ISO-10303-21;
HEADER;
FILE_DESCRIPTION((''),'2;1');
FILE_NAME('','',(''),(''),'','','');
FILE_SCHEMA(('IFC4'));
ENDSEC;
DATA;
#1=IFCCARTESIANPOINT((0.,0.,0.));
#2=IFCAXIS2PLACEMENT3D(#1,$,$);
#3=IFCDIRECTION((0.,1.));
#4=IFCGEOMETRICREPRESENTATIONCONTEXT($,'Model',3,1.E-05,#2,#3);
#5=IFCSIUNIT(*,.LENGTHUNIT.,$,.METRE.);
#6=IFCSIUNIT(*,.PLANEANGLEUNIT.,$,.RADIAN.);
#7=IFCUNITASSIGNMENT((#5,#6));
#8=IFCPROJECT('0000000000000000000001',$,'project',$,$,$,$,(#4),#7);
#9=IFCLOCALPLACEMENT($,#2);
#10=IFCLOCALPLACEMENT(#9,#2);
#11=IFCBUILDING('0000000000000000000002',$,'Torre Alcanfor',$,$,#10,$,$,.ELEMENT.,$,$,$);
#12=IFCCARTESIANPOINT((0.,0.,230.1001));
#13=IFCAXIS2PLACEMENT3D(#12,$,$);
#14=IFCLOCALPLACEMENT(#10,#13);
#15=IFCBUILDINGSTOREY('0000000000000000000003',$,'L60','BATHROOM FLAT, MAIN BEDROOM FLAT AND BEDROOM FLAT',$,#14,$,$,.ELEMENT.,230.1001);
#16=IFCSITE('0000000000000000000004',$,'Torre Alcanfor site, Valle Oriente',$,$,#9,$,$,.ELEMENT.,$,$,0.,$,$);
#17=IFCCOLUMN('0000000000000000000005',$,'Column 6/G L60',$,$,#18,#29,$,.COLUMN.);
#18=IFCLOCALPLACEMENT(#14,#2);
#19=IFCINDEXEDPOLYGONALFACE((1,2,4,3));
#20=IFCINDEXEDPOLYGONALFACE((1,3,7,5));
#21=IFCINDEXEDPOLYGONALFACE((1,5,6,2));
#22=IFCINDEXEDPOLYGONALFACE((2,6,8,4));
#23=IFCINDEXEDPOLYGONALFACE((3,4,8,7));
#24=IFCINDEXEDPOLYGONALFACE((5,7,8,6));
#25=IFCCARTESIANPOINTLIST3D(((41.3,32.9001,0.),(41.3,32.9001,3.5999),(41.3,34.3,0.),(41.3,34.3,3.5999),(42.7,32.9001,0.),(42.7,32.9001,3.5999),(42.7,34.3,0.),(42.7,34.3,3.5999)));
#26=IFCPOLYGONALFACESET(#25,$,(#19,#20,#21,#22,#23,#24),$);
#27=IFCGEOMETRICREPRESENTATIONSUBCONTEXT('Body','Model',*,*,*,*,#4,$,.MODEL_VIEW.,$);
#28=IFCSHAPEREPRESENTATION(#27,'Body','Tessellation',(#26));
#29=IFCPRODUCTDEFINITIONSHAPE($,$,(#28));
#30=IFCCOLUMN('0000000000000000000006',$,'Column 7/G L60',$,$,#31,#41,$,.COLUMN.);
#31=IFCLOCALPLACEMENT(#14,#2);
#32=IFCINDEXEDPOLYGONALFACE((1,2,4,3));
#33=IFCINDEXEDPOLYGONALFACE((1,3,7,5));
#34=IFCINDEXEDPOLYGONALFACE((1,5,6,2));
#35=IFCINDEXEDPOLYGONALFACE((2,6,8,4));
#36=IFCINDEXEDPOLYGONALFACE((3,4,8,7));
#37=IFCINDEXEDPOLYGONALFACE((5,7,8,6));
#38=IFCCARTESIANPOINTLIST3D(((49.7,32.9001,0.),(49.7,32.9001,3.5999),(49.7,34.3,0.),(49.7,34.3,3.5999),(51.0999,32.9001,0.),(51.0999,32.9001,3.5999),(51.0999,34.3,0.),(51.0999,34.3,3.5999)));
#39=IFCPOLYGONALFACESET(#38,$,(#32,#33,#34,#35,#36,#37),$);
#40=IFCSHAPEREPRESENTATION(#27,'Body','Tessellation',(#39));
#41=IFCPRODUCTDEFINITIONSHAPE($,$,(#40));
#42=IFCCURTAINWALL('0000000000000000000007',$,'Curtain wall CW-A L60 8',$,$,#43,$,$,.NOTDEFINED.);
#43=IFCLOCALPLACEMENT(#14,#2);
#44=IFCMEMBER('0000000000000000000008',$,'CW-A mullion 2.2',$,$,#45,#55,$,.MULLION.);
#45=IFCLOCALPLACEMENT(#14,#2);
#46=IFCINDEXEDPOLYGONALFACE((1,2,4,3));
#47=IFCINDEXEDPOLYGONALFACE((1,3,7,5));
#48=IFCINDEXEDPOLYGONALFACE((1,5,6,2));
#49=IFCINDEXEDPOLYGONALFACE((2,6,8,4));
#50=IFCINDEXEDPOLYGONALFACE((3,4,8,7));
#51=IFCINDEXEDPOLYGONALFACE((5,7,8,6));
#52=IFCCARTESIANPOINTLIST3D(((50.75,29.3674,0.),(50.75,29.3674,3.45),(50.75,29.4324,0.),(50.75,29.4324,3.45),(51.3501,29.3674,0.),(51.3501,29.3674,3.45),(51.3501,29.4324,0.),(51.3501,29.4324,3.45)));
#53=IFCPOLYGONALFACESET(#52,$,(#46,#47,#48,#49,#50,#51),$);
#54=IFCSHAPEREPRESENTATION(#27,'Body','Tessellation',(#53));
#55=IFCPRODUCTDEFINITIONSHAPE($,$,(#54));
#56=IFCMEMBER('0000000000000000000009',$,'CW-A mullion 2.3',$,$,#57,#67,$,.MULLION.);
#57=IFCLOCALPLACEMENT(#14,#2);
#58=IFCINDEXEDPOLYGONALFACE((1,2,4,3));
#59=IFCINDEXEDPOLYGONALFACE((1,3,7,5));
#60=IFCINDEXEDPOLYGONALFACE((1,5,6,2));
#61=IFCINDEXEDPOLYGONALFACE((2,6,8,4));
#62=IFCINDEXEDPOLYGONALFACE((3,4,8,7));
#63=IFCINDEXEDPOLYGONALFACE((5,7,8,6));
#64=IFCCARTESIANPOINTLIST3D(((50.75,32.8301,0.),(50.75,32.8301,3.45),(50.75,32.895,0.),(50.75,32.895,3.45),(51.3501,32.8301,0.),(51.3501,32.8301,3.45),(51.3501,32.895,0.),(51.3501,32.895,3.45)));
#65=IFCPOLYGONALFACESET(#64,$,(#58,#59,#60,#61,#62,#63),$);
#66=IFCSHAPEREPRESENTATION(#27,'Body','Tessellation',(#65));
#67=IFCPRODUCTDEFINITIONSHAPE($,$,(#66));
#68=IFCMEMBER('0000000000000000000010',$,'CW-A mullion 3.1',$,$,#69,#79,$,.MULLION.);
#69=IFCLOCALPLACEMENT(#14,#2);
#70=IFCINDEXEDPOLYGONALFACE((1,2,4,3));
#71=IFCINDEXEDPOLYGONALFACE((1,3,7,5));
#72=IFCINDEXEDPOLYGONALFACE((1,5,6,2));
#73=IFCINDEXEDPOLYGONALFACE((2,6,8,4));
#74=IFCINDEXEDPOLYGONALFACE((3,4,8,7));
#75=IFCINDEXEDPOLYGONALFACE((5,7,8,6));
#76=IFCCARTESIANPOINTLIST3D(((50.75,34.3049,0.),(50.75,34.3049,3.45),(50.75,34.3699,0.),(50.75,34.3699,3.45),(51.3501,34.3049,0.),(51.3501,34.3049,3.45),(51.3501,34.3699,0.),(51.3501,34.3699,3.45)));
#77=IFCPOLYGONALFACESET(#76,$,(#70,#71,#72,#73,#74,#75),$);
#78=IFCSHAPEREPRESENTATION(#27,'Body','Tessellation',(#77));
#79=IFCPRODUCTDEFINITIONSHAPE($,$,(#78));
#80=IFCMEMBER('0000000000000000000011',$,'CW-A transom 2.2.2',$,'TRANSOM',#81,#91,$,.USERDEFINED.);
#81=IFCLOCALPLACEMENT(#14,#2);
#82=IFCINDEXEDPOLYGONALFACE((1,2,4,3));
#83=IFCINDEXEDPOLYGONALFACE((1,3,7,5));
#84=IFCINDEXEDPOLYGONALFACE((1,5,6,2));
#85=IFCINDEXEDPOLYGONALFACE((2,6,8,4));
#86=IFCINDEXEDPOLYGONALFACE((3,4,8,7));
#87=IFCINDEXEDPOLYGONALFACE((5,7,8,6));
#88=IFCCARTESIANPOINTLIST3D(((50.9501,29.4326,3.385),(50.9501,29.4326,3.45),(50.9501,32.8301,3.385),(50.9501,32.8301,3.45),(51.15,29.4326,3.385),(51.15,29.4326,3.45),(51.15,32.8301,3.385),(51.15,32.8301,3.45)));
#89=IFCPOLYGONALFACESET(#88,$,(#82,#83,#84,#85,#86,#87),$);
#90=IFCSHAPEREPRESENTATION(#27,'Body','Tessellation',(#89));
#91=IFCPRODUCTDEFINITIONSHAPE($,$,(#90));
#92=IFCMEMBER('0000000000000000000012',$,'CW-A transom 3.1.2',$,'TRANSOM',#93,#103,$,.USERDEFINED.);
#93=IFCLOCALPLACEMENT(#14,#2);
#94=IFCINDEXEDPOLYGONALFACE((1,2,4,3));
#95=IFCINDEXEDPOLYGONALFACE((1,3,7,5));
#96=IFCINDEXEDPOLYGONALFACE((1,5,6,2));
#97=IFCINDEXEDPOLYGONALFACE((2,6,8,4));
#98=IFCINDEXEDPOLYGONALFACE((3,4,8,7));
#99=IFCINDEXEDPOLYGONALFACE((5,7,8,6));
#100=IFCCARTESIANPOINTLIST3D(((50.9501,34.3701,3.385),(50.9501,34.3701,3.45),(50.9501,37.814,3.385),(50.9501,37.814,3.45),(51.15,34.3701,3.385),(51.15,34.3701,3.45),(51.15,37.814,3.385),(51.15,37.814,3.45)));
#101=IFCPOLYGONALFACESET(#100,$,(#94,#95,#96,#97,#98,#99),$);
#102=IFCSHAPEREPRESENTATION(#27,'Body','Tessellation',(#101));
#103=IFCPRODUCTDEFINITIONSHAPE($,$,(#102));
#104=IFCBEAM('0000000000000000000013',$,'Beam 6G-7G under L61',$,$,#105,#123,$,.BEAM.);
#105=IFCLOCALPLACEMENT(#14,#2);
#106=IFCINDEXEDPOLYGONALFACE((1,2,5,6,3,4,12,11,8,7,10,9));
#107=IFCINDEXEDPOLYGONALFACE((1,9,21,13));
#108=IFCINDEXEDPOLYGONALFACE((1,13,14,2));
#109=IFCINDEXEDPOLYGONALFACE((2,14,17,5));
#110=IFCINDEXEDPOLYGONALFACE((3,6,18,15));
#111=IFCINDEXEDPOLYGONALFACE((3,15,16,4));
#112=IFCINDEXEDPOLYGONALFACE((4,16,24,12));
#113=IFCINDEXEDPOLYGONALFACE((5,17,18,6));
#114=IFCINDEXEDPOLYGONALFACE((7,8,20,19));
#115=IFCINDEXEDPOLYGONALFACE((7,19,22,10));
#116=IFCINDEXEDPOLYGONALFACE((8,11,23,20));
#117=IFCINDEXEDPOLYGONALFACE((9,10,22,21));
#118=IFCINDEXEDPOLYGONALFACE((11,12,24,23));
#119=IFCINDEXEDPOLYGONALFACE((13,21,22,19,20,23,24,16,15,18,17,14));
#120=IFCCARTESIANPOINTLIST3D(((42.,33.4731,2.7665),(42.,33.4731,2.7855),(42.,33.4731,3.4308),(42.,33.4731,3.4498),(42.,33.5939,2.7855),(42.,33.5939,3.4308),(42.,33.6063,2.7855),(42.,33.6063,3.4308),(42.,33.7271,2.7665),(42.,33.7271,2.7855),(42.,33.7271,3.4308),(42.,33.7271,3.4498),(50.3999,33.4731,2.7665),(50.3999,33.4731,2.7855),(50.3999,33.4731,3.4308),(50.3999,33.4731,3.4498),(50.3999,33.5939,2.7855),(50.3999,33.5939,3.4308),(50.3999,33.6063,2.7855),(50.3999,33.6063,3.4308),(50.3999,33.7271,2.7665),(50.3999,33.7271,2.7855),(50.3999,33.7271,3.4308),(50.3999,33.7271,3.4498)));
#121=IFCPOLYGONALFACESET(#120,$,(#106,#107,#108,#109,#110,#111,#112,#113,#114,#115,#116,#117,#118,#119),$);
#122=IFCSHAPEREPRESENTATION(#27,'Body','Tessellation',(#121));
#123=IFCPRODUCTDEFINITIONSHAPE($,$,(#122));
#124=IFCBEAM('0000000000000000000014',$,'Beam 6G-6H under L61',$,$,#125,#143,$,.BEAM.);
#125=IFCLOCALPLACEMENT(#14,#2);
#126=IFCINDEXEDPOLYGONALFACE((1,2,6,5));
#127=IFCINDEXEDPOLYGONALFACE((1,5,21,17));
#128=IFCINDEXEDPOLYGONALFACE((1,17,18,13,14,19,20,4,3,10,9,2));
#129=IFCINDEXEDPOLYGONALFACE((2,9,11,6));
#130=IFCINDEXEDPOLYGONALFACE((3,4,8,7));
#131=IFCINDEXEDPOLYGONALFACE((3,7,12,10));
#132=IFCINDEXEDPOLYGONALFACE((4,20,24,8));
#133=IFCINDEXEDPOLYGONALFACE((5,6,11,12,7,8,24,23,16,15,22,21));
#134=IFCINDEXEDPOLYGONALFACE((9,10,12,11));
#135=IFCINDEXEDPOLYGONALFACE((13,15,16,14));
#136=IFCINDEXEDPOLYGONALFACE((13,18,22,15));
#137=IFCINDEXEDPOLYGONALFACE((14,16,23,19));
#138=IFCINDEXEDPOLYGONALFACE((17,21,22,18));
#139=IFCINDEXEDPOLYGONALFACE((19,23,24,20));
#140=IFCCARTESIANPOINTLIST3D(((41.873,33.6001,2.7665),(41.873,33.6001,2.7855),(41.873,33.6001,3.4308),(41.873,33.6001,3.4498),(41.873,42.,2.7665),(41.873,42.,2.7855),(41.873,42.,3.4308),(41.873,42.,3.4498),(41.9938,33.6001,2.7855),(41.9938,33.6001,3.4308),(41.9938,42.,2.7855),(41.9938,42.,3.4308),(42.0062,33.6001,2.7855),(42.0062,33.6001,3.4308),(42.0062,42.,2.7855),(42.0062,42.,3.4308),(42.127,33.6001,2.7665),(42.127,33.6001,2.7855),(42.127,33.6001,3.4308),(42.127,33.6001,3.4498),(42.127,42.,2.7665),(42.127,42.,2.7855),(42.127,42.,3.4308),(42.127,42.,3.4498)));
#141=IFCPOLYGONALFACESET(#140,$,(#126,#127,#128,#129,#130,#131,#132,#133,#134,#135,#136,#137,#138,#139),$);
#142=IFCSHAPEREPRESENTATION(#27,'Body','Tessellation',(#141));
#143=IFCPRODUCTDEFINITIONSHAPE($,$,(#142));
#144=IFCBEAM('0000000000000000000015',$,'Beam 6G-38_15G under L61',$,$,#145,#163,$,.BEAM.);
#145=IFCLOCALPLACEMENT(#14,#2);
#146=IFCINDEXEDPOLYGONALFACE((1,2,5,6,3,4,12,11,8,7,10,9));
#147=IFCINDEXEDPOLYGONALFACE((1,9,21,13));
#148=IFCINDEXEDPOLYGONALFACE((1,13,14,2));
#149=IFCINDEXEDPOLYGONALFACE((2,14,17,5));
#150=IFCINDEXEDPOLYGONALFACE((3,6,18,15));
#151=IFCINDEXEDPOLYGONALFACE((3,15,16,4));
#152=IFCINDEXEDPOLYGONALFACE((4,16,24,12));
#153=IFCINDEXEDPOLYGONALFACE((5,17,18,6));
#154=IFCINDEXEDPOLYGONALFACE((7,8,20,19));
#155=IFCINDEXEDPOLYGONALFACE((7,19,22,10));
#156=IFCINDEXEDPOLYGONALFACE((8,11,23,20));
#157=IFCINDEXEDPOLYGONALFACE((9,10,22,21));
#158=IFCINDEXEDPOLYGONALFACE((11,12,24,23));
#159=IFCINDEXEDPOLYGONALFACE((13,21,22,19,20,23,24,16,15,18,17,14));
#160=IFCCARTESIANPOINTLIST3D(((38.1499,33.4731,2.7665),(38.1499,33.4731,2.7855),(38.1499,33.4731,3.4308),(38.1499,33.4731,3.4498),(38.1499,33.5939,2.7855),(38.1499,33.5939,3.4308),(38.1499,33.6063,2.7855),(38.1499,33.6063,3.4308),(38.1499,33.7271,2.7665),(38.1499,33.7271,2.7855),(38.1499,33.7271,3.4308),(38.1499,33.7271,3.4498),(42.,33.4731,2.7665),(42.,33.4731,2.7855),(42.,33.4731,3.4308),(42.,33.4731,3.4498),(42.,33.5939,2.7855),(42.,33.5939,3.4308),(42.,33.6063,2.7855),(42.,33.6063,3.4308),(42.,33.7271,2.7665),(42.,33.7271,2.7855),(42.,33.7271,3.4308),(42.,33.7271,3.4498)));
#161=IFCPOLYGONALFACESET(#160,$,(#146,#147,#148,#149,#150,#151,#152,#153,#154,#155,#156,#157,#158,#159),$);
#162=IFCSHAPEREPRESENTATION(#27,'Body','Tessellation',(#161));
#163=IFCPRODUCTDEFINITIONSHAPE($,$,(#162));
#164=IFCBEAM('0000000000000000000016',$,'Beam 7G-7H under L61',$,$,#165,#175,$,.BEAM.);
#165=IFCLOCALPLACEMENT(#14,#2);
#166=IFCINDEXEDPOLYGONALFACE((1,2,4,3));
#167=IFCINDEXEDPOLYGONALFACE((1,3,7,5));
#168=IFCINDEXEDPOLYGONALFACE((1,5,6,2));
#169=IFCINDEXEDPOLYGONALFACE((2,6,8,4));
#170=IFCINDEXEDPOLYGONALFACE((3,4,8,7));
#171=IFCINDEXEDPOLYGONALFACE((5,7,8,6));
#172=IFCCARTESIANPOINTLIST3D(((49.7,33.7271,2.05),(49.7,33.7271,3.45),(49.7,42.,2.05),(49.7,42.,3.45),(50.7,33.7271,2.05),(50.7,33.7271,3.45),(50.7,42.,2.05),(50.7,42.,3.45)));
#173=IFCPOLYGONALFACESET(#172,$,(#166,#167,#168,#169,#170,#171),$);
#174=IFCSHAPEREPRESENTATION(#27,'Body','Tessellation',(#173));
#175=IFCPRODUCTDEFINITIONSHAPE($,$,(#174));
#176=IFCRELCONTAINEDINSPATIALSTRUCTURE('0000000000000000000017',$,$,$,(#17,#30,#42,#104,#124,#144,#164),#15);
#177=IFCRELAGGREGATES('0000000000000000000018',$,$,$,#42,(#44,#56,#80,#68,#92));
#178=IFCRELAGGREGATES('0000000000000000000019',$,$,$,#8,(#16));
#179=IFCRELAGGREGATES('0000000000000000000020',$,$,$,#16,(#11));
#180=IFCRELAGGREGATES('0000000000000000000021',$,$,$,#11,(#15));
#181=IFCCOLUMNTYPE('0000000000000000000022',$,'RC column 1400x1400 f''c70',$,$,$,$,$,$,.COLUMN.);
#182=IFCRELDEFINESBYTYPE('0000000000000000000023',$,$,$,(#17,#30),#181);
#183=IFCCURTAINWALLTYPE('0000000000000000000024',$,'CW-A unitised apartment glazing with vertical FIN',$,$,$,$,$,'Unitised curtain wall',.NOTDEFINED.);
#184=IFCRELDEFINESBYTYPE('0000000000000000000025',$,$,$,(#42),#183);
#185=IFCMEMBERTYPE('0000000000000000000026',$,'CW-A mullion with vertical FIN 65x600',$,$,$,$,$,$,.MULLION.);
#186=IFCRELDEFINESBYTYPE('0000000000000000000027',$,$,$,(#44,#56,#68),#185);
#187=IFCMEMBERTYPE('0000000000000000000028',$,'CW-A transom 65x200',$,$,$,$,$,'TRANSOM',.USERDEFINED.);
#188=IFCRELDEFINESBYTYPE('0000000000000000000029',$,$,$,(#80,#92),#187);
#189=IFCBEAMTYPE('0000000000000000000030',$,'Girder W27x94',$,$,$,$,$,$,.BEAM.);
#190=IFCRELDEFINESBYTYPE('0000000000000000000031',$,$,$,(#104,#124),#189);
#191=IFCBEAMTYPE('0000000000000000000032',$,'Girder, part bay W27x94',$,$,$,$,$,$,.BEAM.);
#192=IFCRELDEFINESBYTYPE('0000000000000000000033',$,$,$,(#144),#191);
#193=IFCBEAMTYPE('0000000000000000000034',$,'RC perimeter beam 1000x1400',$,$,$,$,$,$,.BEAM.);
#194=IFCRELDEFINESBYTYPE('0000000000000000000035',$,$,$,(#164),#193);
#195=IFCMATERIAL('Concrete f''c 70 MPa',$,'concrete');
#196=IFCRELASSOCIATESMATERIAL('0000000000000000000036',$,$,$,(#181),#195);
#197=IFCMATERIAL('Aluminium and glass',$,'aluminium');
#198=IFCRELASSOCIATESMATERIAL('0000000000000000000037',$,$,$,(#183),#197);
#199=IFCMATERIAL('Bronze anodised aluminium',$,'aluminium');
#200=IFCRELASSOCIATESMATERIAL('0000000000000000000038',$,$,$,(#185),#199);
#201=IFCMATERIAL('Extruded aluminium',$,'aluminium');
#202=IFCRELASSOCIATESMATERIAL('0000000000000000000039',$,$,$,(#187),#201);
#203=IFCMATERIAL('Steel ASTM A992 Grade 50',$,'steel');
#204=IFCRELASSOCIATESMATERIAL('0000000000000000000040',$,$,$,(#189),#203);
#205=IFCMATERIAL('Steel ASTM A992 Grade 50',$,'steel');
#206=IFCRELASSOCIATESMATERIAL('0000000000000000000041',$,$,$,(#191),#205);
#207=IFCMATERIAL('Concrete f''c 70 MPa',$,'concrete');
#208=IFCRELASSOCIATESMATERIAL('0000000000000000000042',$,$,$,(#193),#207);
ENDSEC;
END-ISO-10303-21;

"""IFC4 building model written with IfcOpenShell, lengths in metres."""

from ifc_helpers import new_model, si_unit, direction, frame, origin, origin_2d, place, context, subcontext, project, spatial, rectangle, i_section, extrude, material, material_profile, profile_set, type_object, element, aggregate, save


model = new_model("IFC4")

# Units and contexts
model_context = context("Model", 3, precision=1e-05, world=origin(), true_north=direction((0.0, 1.0)))
body_context = subcontext(model_context, "Body", "Model", "MODEL_VIEW")
ifc_project = project(units=[si_unit("LENGTHUNIT", "METRE"), si_unit("PLANEANGLEUNIT", "RADIAN")], contexts=[model_context])

# Site, building, storey
site_placement = place(None, origin())
site = spatial("IfcSite", under=ifc_project, at=site_placement, Name="Torre Alcanfor site, Valle Oriente", CompositionType="ELEMENT", RefElevation=0.0)
building_placement = place(site_placement, origin())
building = spatial("IfcBuilding", under=site, at=building_placement, Name="Torre Alcanfor", CompositionType="ELEMENT")
storey_placement = place(building_placement, frame((0.0, 0.0, 230.1001)))
storey = spatial("IfcBuildingStorey", under=building, at=storey_placement, Name="L60", Description="BATHROOM FLAT, MAIN BEDROOM FLAT AND BEDROOM FLAT", CompositionType="ELEMENT", Elevation=230.1001)

# Columns
ifc_material_1 = material(Name="Concrete f'c 70 MPa", Category="concrete")
ifc_material_profile_1 = material_profile(ifc_material_1, rectangle(XDim=1.3999, YDim=1.3999, at=origin_2d()), Name="1400x1400")
ifc_profile_set_1 = profile_set([ifc_material_profile_1], Name="Concrete f'c 70 MPa")
column_type = type_object("IfcColumnType", Name="RC column 1400x1400 f'c70", PredefinedType="COLUMN", material=ifc_profile_set_1)
for number, where, z_axis, x_axis, name in (
    (1, (42.0, 33.6001, 0.0), (0.0, 0.0, 1.0), (1.0, 0.0, 0.0), "Column 6/G L60"),
    (2, (50.3999, 33.6001, 0.0), (0.0, 0.0, 1.0), (1.0, 0.0, 0.0), "Column 7/G L60"),
):
    element("IfcColumn", number, at=place(storey_placement, frame(where, z_axis=z_axis, x_axis=x_axis)), inside=storey, type_object=column_type, Name=name, PredefinedType="COLUMN", context=body_context, shape_type="SweptSolid", body=[
        extrude(rectangle(XDim=1.3999, YDim=1.3999, at=origin_2d()), origin(), (0.0, 0.0, 1.0), 3.5999),
    ])

# Curtain wall, members
ifc_material_2 = material(Name="Aluminium and glass", Category="aluminium")
curtain_wall_type = type_object("IfcCurtainWallType", Name="CW-A unitised apartment glazing with vertical FIN", ElementType="Unitised curtain wall", PredefinedType="NOTDEFINED", material=ifc_material_2)
curtain_wall_placement = place(storey_placement, origin())
curtain_wall = element("IfcCurtainWall", 3, at=curtain_wall_placement, inside=storey, type_object=curtain_wall_type, Name="Curtain wall CW-A L60 8", PredefinedType="NOTDEFINED")
ifc_material_3 = material(Name="Bronze anodised aluminium", Category="aluminium")
ifc_material_profile_2 = material_profile(ifc_material_3, rectangle(XDim=0.6001, YDim=0.0649, at=origin_2d()), Name="CW-A mullion 65x600")
ifc_profile_set_2 = profile_set([ifc_material_profile_2], Name="Bronze anodised aluminium")
member_type_1 = type_object("IfcMemberType", Name="CW-A mullion with vertical FIN 65x600", PredefinedType="MULLION", material=ifc_profile_set_2)
member_1_placement = place(storey_placement, frame((51.05, 29.3999, 0.0), z_axis=(0.0, 0.0, 1.0), x_axis=(-1.0, 0.0, 0.0)))
member_1 = element("IfcMember", 4, at=member_1_placement, type_object=member_type_1, Name="CW-A mullion 2.2", PredefinedType="MULLION", context=body_context, shape_type="SweptSolid", body=[
    extrude(rectangle(XDim=0.6001, YDim=0.0649, at=origin_2d()), origin(), (0.0, 0.0, 1.0), 3.45),
])
member_2_placement = place(storey_placement, frame((51.05, 32.8625, 0.0), z_axis=(0.0, 0.0, 1.0), x_axis=(-1.0, 0.0, 0.0)))
member_2 = element("IfcMember", 5, at=member_2_placement, type_object=member_type_1, Name="CW-A mullion 2.3", PredefinedType="MULLION", context=body_context, shape_type="SweptSolid", body=[
    extrude(rectangle(XDim=0.6001, YDim=0.0649, at=origin_2d()), origin(), (0.0, 0.0, 1.0), 3.45),
])
member_3_placement = place(storey_placement, frame((51.05, 34.3374, 0.0), z_axis=(0.0, 0.0, 1.0), x_axis=(-1.0, 0.0, 0.0)))
member_3 = element("IfcMember", 6, at=member_3_placement, type_object=member_type_1, Name="CW-A mullion 3.1", PredefinedType="MULLION", context=body_context, shape_type="SweptSolid", body=[
    extrude(rectangle(XDim=0.6001, YDim=0.0649, at=origin_2d()), origin(), (0.0, 0.0, 1.0), 3.45),
])
ifc_material_4 = material(Name="Extruded aluminium", Category="aluminium")
ifc_material_profile_3 = material_profile(ifc_material_4, rectangle(XDim=0.2, YDim=0.0649, at=origin_2d()), Name="CW-A transom 200x65")
ifc_profile_set_3 = profile_set([ifc_material_profile_3], Name="Extruded aluminium")
member_type_2 = type_object("IfcMemberType", Name="CW-A transom 65x200", ElementType="TRANSOM", PredefinedType="USERDEFINED", material=ifc_profile_set_3)
member_4_placement = place(storey_placement, frame((51.05, 29.4326, 3.4175), z_axis=(0.0, 1.0, 0.0), x_axis=(-1.0, 0.0, 0.0)))
member_4 = element("IfcMember", 7, at=member_4_placement, type_object=member_type_2, Name="CW-A transom 2.2.2", ObjectType="TRANSOM", PredefinedType="USERDEFINED", context=body_context, shape_type="SweptSolid", body=[
    extrude(rectangle(XDim=0.2, YDim=0.0649, at=origin_2d()), origin(), (0.0, 0.0, 1.0), 3.3975),
])
member_5_placement = place(storey_placement, frame((51.05, 34.3701, 3.4175), z_axis=(0.0, 1.0, 0.0), x_axis=(-1.0, 0.0, 0.0)))
member_5 = element("IfcMember", 8, at=member_5_placement, type_object=member_type_2, Name="CW-A transom 3.1.2", ObjectType="TRANSOM", PredefinedType="USERDEFINED", context=body_context, shape_type="SweptSolid", body=[
    extrude(rectangle(XDim=0.2, YDim=0.0649, at=origin_2d()), origin(), (0.0, 0.0, 1.0), 3.4438),
])

# Beams
ifc_material_5 = material(Name="Steel ASTM A992 Grade 50", Category="steel")
ifc_material_profile_4 = material_profile(ifc_material_5, i_section(OverallWidth=0.2539, OverallDepth=0.6833, WebThickness=0.0125, FlangeThickness=0.019, at=origin_2d()), Name="W27x94")
ifc_profile_set_4 = profile_set([ifc_material_profile_4], Name="Steel ASTM A992 Grade 50")
beam_type_1 = type_object("IfcBeamType", Name="Girder W27x94", PredefinedType="BEAM", material=ifc_profile_set_4)
for number, where, z_axis, x_axis, name in (
    (9, (42.0, 33.6001, 3.1082), (1.0, 0.0, 0.0), (0.0, 1.0, 0.0), "Beam 6G-7G under L61"),
    (10, (42.0, 33.6001, 3.1082), (0.0, 1.0, 0.0), (-1.0, 0.0, 0.0), "Beam 6G-6H under L61"),
):
    element("IfcBeam", number, at=place(storey_placement, frame(where, z_axis=z_axis, x_axis=x_axis)), inside=storey, type_object=beam_type_1, Name=name, PredefinedType="BEAM", context=body_context, shape_type="SweptSolid", body=[
        extrude(i_section(OverallWidth=0.2539, OverallDepth=0.6833, WebThickness=0.0125, FlangeThickness=0.019, at=origin_2d()), origin(), (0.0, 0.0, 1.0), 8.3999),
    ])
ifc_material_6 = material(Name="Steel ASTM A992 Grade 50", Category="steel")
ifc_material_profile_5 = material_profile(ifc_material_6, i_section(OverallWidth=0.2539, OverallDepth=0.6833, WebThickness=0.0125, FlangeThickness=0.019, at=origin_2d()), Name="W27x94")
ifc_profile_set_5 = profile_set([ifc_material_profile_5], Name="Steel ASTM A992 Grade 50")
beam_type_2 = type_object("IfcBeamType", Name="Girder, part bay W27x94", PredefinedType="BEAM", material=ifc_profile_set_5)
beam_1_placement = place(storey_placement, frame((42.0, 33.6001, 3.1082), z_axis=(-1.0, 0.0, 0.0), x_axis=(0.0, -1.0, 0.0)))
element("IfcBeam", 11, at=beam_1_placement, inside=storey, type_object=beam_type_2, Name="Beam 6G-38_15G under L61", PredefinedType="BEAM", context=body_context, shape_type="SweptSolid", body=[
    extrude(i_section(OverallWidth=0.2539, OverallDepth=0.6833, WebThickness=0.0125, FlangeThickness=0.019, at=origin_2d()), origin(), (0.0, 0.0, 1.0), 3.8501),
])
ifc_material_7 = material(Name="Concrete f'c 70 MPa", Category="concrete")
ifc_material_profile_6 = material_profile(ifc_material_7, rectangle(XDim=1.0, YDim=1.3999, at=origin_2d()), Name="1000x1400")
ifc_profile_set_6 = profile_set([ifc_material_profile_6], Name="Concrete f'c 70 MPa")
beam_type_3 = type_object("IfcBeamType", Name="RC perimeter beam 1000x1400", PredefinedType="BEAM", material=ifc_profile_set_6)
beam_2_placement = place(storey_placement, frame((50.2, 33.7271, 2.75), z_axis=(0.0, 1.0, 0.0), x_axis=(-1.0, 0.0, 0.0)))
element("IfcBeam", 12, at=beam_2_placement, inside=storey, type_object=beam_type_3, Name="Beam 7G-7H under L61", PredefinedType="BEAM", context=body_context, shape_type="SweptSolid", body=[
    extrude(rectangle(XDim=1.0, YDim=1.3999, at=origin_2d()), origin(), (0.0, 0.0, 1.0), 8.2729),
])

aggregate(curtain_wall, [member_1, member_2, member_4, member_3, member_5])

save(model, "model.ifc")
